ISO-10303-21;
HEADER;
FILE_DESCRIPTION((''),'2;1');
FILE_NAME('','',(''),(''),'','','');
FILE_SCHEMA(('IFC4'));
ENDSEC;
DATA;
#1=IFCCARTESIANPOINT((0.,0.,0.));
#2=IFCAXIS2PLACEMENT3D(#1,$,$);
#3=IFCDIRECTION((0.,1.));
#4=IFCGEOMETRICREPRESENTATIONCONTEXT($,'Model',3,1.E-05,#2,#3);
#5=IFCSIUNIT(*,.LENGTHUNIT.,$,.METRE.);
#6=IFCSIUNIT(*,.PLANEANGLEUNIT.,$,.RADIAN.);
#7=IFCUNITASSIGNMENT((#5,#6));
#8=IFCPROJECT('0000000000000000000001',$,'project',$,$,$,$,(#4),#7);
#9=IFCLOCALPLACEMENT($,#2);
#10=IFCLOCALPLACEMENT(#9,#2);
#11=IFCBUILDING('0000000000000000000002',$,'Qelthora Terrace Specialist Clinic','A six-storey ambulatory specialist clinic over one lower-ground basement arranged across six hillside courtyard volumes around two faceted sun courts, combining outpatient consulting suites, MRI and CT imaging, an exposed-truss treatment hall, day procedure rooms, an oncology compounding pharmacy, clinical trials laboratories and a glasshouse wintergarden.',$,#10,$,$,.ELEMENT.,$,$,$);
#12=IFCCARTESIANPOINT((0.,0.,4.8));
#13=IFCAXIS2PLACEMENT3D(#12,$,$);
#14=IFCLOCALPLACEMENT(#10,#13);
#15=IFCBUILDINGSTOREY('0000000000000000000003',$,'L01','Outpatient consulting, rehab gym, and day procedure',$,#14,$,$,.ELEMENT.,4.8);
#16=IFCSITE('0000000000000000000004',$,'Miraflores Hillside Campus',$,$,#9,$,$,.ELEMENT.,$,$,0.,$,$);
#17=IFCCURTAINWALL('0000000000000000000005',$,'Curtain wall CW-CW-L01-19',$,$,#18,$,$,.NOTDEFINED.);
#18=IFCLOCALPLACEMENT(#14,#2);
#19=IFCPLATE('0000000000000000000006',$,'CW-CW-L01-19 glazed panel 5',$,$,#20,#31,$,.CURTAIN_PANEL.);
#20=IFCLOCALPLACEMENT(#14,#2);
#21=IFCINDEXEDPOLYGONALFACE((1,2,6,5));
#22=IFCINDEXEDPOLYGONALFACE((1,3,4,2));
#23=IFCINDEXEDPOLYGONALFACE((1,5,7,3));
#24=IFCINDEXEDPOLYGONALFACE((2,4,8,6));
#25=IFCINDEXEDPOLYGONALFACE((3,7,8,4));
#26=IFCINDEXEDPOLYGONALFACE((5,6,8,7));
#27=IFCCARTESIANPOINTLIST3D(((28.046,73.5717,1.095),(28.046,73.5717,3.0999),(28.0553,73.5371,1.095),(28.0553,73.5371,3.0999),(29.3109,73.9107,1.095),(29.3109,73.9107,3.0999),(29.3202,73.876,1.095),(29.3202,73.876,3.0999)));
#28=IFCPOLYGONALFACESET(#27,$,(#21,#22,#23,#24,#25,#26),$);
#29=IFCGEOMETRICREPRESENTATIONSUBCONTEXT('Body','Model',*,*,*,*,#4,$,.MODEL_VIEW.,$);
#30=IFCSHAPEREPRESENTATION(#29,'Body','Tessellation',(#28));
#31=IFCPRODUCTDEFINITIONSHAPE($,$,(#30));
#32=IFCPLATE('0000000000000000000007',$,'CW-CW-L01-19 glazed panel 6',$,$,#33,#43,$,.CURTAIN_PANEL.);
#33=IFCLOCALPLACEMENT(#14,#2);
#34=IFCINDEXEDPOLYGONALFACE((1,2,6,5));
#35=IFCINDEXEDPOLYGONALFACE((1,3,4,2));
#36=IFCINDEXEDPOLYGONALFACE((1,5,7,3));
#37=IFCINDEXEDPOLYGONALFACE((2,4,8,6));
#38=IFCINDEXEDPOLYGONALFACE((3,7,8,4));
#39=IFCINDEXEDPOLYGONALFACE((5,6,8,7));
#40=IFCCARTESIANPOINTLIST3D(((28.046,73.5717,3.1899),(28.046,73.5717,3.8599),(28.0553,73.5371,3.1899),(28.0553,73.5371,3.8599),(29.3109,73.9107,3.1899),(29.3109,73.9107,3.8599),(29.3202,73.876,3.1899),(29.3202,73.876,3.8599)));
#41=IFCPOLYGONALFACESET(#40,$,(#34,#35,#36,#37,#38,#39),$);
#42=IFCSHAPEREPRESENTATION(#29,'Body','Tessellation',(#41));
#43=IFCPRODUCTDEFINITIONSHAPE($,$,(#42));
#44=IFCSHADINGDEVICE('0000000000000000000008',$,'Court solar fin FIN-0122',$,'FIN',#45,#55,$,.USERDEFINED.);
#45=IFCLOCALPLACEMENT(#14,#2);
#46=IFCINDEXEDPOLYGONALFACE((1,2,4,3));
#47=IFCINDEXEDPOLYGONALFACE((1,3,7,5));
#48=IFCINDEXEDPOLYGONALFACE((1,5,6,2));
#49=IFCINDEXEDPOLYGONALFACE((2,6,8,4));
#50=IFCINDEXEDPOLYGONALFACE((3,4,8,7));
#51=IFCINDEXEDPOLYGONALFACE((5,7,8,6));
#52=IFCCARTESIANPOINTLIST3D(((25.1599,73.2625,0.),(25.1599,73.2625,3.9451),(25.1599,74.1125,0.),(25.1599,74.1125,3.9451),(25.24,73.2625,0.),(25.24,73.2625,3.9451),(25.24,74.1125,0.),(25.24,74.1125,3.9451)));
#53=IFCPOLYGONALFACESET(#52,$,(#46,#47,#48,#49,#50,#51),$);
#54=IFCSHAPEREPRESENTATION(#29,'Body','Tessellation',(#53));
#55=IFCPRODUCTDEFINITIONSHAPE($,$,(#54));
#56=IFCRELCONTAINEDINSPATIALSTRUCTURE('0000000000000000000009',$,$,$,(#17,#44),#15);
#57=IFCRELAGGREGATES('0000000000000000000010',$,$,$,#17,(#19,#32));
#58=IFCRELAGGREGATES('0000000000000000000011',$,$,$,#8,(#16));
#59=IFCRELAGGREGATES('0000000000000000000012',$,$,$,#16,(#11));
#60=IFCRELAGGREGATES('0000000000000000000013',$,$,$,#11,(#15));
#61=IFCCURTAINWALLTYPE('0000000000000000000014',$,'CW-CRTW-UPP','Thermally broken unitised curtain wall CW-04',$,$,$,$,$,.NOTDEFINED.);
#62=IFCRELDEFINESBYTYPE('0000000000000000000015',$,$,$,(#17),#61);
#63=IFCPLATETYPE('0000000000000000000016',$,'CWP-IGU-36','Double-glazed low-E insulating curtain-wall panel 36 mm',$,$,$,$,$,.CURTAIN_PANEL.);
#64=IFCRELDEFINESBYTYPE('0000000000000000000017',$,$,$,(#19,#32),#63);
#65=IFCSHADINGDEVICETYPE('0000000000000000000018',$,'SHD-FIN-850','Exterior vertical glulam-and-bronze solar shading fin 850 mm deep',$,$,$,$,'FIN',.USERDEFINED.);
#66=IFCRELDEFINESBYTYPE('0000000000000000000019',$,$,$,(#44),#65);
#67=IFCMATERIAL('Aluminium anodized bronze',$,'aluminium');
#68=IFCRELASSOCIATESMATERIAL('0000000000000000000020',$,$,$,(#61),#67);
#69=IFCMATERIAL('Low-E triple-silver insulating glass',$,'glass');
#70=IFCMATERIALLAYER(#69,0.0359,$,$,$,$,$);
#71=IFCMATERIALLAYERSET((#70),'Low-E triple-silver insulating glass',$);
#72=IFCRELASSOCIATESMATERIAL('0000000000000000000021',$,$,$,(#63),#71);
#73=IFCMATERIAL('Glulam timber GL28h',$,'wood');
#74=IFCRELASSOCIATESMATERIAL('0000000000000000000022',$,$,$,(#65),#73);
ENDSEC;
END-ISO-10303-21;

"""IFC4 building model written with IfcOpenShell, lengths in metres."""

from ifc_helpers import new_model, si_unit, direction, frame, origin, origin_2d, place, context, subcontext, project, spatial, rectangle, extrude, material, layer, layer_set, type_object, element, aggregate, save


model = new_model("IFC4")

# Units and contexts
model_context = context("Model", 3, precision=1e-05, world=origin(), true_north=direction((0.0, 1.0)))
body_context = subcontext(model_context, "Body", "Model", "MODEL_VIEW")
ifc_project = project(units=[si_unit("LENGTHUNIT", "METRE"), si_unit("PLANEANGLEUNIT", "RADIAN")], contexts=[model_context])

# Site, building, storey
site_placement = place(None, origin())
site = spatial("IfcSite", under=ifc_project, at=site_placement, Name="Miraflores Hillside Campus", CompositionType="ELEMENT", RefElevation=0.0)
building_placement = place(site_placement, origin())
building = spatial("IfcBuilding", under=site, at=building_placement, Name="Qelthora Terrace Specialist Clinic", Description="A six-storey ambulatory specialist clinic over one lower-ground basement arranged across six hillside courtyard volumes around two faceted sun courts, combining outpatient consulting suites, MRI and CT imaging, an exposed-truss treatment hall, day procedure rooms, an oncology compounding pharmacy, clinical trials laboratories and a glasshouse wintergarden.", CompositionType="ELEMENT")
storey_placement = place(building_placement, frame((0.0, 0.0, 4.8)))
storey = spatial("IfcBuildingStorey", under=building, at=storey_placement, Name="L01", Description="Outpatient consulting, rehab gym, and day procedure", CompositionType="ELEMENT", Elevation=4.8)

# Curtain wall
ifc_material_1 = material(Name="Aluminium anodized bronze", Category="aluminium")
curtain_wall_type = type_object("IfcCurtainWallType", Name="CW-CRTW-UPP", Description="Thermally broken unitised curtain wall CW-04", PredefinedType="NOTDEFINED", material=ifc_material_1)
curtain_wall_1_placement = place(storey_placement, origin())
curtain_wall_1 = element("IfcCurtainWall", 1, at=curtain_wall_1_placement, inside=storey, type_object=curtain_wall_type, Name="Curtain wall CW-CW-L01-19", PredefinedType="NOTDEFINED")

# Plates
ifc_material_2 = material(Name="Low-E triple-silver insulating glass", Category="glass")
ifc_layer = layer(ifc_material_2, 0.0359)
ifc_layer_set = layer_set([ifc_layer], Name="Low-E triple-silver insulating glass")
plate_type = type_object("IfcPlateType", Name="CWP-IGU-36", Description="Double-glazed low-E insulating curtain-wall panel 36 mm", PredefinedType="CURTAIN_PANEL", material=ifc_layer_set)
plate_1_placement = place(storey_placement, frame((28.6831, 73.7239, 1.095), z_axis=(0.0, 0.0, 1.0), x_axis=(0.965925, 0.258821, 0.0)))
plate_1 = element("IfcPlate", 2, at=plate_1_placement, type_object=plate_type, Name="CW-CW-L01-19 glazed panel 5", PredefinedType="CURTAIN_PANEL", context=body_context, shape_type="SweptSolid", body=[
    extrude(rectangle(XDim=1.3096, YDim=0.0359, at=origin_2d()), origin(), (0.0, 0.0, 1.0), 2.0049),
])
plate_2_placement = place(storey_placement, frame((28.6831, 73.7239, 3.1899), z_axis=(0.0, 0.0, 1.0), x_axis=(0.965925, 0.258821, 0.0)))
plate_2 = element("IfcPlate", 3, at=plate_2_placement, type_object=plate_type, Name="CW-CW-L01-19 glazed panel 6", PredefinedType="CURTAIN_PANEL", context=body_context, shape_type="SweptSolid", body=[
    extrude(rectangle(XDim=1.3096, YDim=0.0359, at=origin_2d()), origin(), (0.0, 0.0, 1.0), 0.6699),
])
aggregate(curtain_wall_1, [plate_1, plate_2])

# Shading device
ifc_material_3 = material(Name="Glulam timber GL28h", Category="wood")
shading_device_type = type_object("IfcShadingDeviceType", Name="SHD-FIN-850", Description="Exterior vertical glulam-and-bronze solar shading fin 850 mm deep", ElementType="FIN", PredefinedType="USERDEFINED", material=ifc_material_3)
shading_device_placement = place(storey_placement, frame((25.2, 73.6875, 0.0), z_axis=(0.0, 0.0, 1.0), x_axis=(0.0, 1.0, 0.0)))
element("IfcShadingDevice", 4, at=shading_device_placement, inside=storey, type_object=shading_device_type, Name="Court solar fin FIN-0122", ObjectType="FIN", PredefinedType="USERDEFINED", context=body_context, shape_type="SweptSolid", body=[
    extrude(rectangle(XDim=0.8501, YDim=0.0801, at=origin_2d()), origin(), (0.0, 0.0, 1.0), 3.9451),
])

save(model, "model.ifc")
